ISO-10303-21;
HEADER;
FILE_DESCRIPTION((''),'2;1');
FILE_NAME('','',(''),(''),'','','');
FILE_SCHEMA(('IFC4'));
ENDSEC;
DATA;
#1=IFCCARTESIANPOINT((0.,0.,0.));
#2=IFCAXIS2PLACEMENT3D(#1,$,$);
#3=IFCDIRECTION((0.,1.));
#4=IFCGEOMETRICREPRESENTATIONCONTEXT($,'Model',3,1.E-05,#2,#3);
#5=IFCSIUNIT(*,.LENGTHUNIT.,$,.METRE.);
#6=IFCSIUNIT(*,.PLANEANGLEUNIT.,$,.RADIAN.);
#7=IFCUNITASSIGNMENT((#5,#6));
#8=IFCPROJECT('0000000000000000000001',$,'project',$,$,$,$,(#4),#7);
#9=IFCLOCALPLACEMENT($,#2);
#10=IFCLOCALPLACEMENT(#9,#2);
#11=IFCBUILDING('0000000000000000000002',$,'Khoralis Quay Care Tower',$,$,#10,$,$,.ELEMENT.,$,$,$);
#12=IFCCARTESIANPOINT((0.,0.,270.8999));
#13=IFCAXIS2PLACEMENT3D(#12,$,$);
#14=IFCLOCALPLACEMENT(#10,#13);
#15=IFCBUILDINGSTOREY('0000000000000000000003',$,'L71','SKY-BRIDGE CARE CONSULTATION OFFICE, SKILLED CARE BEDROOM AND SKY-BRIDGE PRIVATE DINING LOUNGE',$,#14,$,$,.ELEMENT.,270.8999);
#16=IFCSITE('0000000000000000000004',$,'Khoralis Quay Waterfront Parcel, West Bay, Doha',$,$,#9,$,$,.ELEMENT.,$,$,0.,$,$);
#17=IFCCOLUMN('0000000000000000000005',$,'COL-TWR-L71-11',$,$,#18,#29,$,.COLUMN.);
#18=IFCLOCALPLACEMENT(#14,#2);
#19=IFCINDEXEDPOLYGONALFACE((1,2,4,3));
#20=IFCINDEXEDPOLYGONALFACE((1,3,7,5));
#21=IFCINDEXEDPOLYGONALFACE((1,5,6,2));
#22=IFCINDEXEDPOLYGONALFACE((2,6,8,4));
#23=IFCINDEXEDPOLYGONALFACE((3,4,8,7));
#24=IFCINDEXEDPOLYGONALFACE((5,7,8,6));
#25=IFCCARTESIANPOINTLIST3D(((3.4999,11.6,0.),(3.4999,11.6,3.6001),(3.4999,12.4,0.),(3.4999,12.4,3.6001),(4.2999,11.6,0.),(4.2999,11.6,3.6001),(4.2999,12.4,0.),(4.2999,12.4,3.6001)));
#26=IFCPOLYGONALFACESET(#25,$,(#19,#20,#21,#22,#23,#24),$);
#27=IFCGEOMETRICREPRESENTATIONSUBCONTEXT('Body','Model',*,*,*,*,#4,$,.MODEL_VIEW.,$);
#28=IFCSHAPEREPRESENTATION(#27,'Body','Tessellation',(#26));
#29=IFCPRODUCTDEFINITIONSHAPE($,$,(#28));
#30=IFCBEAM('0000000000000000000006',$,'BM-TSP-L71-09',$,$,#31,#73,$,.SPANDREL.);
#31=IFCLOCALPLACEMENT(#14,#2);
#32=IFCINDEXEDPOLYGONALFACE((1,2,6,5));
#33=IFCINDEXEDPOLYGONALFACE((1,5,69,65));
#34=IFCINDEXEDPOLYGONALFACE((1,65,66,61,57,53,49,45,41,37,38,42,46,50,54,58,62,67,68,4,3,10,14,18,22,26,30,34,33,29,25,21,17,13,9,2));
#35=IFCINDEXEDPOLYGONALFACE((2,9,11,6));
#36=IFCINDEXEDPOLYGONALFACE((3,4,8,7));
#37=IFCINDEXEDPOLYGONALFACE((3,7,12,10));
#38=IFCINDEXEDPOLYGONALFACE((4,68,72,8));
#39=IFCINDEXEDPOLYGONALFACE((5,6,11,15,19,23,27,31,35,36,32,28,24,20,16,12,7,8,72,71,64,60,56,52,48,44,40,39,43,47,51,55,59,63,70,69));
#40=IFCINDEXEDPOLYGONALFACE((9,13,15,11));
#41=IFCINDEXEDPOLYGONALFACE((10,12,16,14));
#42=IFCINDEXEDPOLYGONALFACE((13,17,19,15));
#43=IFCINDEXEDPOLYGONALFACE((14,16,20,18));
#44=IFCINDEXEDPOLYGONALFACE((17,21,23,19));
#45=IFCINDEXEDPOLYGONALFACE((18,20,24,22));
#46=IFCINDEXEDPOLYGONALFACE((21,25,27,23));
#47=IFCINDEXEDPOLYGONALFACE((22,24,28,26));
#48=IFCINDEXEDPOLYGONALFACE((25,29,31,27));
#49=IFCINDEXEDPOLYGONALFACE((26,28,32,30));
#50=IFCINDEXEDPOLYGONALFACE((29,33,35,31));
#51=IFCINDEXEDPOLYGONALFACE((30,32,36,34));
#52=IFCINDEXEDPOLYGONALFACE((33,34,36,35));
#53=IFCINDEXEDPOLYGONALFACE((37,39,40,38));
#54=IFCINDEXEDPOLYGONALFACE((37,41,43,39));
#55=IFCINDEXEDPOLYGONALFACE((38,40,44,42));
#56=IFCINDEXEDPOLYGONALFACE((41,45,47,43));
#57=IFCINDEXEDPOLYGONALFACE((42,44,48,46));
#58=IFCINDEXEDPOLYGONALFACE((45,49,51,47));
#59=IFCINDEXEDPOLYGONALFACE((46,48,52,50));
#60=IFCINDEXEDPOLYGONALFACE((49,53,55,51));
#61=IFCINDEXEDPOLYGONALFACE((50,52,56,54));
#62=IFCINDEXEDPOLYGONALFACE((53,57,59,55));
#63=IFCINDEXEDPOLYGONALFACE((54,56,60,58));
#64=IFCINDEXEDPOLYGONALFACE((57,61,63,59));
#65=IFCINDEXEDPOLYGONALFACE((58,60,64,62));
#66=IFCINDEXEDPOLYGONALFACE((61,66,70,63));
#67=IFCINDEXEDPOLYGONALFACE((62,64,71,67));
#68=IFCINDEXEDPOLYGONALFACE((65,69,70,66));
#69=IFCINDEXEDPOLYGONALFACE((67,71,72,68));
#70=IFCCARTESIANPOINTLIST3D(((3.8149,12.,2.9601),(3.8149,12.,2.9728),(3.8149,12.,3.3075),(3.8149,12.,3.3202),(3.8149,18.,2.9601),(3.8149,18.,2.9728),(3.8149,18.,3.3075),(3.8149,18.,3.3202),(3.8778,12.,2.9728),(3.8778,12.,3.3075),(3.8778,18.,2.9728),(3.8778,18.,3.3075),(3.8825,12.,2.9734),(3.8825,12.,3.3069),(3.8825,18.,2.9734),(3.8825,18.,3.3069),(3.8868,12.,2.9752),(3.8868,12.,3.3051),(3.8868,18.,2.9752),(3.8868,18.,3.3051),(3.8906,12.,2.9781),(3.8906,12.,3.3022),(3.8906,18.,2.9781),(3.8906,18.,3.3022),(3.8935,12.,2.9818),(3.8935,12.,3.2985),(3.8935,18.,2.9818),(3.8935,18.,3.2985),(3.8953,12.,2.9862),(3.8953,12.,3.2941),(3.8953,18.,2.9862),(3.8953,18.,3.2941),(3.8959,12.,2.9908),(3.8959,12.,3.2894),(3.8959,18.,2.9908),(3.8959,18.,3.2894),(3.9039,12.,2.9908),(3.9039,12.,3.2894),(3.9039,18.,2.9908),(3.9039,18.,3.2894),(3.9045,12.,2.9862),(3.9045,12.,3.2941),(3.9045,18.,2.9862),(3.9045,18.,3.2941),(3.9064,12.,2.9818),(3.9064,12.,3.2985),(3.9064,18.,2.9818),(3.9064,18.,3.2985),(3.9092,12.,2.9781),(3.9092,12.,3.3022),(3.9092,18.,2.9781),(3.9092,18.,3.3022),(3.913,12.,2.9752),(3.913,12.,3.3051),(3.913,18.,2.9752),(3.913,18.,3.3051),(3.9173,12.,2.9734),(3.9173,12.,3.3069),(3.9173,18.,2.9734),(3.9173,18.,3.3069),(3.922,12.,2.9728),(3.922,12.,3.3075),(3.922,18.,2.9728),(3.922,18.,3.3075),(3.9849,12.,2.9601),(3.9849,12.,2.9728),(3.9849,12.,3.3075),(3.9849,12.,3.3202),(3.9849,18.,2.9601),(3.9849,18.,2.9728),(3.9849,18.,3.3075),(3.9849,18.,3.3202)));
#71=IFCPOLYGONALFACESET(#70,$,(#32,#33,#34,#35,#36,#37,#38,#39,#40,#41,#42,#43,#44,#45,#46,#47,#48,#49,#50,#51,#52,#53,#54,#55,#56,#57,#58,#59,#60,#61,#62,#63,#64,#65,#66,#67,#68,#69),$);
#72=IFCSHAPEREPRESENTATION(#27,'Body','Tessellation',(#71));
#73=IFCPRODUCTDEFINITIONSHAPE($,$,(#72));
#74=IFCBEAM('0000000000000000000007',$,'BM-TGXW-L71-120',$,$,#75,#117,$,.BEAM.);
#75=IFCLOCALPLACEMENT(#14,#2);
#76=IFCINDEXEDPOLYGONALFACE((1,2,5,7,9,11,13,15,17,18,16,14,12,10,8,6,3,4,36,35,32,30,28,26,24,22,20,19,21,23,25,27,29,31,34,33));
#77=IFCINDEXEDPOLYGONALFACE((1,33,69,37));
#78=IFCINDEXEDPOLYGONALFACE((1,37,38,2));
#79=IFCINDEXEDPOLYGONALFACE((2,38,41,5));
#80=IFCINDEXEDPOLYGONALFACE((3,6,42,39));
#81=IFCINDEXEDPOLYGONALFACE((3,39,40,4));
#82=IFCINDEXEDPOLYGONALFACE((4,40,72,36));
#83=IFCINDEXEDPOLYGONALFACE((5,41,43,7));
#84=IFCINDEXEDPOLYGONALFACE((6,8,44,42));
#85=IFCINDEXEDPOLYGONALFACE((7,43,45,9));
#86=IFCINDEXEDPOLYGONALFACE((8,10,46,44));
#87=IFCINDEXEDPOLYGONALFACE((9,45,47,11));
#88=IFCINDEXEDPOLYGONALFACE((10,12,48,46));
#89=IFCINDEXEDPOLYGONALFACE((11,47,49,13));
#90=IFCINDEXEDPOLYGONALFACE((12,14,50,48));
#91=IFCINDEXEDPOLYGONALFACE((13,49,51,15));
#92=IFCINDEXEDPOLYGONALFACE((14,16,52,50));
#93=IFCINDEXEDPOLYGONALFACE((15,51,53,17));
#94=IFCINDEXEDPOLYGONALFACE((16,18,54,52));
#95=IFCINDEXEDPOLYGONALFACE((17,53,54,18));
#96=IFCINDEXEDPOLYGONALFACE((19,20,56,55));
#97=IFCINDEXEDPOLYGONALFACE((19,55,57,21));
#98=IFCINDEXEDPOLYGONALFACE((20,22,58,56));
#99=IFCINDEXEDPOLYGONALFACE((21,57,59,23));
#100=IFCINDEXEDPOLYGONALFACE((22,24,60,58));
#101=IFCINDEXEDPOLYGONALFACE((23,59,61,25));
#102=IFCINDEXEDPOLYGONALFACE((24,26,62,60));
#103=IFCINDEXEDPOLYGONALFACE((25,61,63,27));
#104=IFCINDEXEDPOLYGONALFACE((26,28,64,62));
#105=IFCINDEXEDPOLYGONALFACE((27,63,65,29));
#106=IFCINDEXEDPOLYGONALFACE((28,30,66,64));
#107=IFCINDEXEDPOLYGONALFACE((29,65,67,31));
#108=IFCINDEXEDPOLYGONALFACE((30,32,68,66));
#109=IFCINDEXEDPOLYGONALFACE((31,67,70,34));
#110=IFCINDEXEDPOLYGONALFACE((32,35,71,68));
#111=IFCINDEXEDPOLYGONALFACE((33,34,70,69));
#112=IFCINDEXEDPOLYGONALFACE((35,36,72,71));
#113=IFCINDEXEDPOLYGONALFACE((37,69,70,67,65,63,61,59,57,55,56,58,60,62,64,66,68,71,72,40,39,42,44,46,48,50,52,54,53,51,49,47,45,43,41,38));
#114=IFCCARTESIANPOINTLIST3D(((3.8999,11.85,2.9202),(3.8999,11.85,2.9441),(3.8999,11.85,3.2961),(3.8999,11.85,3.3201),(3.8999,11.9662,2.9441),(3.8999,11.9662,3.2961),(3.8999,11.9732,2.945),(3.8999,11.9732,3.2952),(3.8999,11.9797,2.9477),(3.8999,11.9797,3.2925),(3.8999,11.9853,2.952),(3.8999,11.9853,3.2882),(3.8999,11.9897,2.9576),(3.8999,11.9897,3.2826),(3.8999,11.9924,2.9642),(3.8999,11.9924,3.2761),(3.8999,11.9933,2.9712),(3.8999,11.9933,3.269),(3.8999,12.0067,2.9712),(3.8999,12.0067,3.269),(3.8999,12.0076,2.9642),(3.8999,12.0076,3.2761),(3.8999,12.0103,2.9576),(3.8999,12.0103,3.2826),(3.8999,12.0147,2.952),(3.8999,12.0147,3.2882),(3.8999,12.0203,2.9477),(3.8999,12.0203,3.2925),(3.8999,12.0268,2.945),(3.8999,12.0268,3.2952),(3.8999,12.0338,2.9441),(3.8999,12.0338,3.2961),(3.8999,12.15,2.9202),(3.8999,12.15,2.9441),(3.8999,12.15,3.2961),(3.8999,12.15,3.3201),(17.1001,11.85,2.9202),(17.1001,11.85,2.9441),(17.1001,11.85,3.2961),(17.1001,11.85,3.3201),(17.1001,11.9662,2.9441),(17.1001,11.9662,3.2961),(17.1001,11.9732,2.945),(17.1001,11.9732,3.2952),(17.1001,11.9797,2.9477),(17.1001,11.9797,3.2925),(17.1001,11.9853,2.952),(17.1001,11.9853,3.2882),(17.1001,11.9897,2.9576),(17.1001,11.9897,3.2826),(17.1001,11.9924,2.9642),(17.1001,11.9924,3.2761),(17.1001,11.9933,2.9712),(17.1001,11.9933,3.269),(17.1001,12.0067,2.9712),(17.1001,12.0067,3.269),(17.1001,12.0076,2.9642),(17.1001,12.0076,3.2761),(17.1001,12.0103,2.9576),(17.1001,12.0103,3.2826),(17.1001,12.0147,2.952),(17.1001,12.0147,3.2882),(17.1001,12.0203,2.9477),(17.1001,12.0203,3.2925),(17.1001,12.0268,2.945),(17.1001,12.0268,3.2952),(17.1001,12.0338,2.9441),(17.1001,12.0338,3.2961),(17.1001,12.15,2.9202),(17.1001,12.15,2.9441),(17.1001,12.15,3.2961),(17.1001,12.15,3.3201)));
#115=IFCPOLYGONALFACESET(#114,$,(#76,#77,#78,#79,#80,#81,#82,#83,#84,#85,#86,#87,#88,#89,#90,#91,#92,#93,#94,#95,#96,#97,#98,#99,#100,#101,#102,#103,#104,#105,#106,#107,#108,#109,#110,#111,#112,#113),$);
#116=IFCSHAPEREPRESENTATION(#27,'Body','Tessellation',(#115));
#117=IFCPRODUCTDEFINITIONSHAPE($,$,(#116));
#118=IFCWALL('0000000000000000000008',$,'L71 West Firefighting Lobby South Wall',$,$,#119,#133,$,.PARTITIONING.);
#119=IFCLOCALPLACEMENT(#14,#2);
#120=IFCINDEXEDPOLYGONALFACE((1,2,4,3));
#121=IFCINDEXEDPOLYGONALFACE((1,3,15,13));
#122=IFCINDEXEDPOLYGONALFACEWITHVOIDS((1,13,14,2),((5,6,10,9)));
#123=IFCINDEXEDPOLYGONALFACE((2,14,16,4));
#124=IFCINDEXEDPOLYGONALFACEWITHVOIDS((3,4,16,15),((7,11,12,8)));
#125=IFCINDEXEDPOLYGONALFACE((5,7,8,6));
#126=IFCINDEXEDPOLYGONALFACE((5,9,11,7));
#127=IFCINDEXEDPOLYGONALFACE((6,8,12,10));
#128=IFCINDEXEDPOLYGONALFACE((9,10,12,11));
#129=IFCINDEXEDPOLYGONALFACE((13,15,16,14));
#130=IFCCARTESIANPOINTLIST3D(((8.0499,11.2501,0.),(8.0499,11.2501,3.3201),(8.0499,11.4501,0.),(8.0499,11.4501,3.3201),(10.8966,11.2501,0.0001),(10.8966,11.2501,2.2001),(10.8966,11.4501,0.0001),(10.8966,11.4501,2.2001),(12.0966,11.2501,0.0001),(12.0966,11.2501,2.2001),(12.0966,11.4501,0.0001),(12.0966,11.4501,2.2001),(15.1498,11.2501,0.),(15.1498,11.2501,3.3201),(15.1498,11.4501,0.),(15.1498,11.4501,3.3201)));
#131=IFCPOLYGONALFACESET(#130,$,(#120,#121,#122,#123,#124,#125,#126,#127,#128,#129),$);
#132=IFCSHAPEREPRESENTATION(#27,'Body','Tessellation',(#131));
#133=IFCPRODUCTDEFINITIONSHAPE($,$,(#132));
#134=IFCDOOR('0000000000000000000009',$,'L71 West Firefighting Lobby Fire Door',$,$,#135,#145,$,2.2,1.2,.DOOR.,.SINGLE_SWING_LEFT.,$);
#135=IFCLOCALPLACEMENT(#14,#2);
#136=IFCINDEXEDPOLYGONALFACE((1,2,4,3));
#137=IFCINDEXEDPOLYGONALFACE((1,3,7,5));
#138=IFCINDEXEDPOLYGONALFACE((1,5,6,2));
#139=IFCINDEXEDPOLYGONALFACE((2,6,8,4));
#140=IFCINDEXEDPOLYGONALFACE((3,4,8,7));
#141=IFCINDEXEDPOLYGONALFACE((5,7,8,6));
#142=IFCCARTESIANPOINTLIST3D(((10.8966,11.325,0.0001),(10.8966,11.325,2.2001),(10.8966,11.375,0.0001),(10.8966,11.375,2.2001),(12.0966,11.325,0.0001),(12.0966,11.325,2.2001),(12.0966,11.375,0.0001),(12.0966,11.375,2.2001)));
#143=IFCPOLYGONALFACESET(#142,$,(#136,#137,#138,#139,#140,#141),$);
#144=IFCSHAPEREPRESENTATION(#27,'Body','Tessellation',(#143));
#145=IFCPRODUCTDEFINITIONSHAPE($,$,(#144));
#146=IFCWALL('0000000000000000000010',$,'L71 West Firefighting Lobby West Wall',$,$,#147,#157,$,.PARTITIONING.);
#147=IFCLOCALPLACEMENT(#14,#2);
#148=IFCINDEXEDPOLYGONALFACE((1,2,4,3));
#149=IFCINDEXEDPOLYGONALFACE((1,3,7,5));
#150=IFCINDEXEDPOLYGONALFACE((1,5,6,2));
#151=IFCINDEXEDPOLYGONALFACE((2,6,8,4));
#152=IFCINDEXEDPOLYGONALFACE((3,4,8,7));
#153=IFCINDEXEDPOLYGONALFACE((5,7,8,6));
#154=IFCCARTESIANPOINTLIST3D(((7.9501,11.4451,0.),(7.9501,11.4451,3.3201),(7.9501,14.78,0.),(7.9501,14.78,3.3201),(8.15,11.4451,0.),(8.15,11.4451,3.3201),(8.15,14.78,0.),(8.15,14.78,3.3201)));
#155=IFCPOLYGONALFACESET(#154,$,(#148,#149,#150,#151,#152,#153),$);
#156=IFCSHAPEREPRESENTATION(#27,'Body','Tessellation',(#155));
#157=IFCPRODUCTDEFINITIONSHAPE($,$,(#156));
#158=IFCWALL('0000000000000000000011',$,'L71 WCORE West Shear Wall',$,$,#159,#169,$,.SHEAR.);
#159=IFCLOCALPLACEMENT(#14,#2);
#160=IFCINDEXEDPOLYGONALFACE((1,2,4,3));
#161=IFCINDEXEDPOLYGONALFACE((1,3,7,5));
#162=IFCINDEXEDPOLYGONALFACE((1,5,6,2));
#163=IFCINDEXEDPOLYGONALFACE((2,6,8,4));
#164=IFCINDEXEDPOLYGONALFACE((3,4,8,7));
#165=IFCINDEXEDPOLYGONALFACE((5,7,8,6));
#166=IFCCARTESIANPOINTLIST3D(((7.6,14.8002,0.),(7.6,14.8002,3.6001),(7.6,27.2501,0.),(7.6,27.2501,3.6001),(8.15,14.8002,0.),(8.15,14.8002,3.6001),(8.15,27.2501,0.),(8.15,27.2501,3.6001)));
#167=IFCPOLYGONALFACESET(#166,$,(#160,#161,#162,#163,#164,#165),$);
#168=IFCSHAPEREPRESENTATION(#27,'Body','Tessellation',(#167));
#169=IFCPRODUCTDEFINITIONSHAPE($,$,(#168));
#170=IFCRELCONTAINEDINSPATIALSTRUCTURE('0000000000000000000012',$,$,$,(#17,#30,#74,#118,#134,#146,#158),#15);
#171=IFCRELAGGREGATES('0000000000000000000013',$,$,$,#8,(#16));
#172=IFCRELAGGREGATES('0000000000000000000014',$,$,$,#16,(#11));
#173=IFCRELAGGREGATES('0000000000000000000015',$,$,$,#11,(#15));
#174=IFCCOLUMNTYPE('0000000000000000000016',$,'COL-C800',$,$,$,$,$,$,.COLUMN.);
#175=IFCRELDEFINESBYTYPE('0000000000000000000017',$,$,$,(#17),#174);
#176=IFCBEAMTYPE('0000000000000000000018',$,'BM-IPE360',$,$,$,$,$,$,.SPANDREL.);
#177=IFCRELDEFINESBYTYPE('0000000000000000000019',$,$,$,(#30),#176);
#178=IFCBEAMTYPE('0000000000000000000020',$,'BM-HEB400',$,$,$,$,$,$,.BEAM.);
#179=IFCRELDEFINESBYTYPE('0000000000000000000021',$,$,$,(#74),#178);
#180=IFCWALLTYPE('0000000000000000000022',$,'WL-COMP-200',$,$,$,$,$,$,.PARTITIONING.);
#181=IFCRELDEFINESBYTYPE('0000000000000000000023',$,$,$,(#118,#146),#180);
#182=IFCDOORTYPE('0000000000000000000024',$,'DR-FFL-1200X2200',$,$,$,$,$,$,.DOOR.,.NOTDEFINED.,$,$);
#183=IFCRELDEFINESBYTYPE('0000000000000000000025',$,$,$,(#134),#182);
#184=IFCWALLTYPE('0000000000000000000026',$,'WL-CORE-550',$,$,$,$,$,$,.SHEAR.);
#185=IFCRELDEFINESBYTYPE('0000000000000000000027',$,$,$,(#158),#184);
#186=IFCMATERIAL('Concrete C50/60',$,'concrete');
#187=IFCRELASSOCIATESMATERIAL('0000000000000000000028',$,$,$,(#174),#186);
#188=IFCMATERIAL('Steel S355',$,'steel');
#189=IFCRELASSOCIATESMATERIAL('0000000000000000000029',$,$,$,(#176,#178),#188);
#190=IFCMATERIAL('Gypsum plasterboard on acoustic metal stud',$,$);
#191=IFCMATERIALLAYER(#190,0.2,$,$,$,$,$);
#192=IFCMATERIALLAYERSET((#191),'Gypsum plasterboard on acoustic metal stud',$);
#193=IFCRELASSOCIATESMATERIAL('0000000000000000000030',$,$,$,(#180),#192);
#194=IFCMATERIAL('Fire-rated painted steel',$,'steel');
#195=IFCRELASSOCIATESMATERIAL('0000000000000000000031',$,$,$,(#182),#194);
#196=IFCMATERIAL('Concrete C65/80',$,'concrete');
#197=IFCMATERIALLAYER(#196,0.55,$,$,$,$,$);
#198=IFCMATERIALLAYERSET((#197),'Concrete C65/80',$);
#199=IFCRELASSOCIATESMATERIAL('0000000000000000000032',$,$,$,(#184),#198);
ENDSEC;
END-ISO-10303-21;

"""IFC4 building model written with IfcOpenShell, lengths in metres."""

from ifc_helpers import new_model, si_unit, direction, frame, frame_2d, origin, origin_2d, place, context, subcontext, project, spatial, rectangle, i_section, extrude, source, transform, mapped, material, layer, layer_set, material_profile, profile_set, type_object, element, fill, save


model = new_model("IFC4")

# Units and contexts
model_context = context("Model", 3, precision=1e-05, world=origin(), true_north=direction((0.0, 1.0)))
body_context = subcontext(model_context, "Body", "Model", "MODEL_VIEW")
ifc_project = project(units=[si_unit("LENGTHUNIT", "METRE"), si_unit("PLANEANGLEUNIT", "RADIAN")], contexts=[model_context])

# Site, building, storey
site_placement = place(None, origin())
site = spatial("IfcSite", under=ifc_project, at=site_placement, Name="Khoralis Quay Waterfront Parcel, West Bay, Doha", CompositionType="ELEMENT", RefElevation=0.0)
building_placement = place(site_placement, origin())
building = spatial("IfcBuilding", under=site, at=building_placement, Name="Khoralis Quay Care Tower", CompositionType="ELEMENT")
storey_placement = place(building_placement, frame((0.0, 0.0, 270.8999)))
storey = spatial("IfcBuildingStorey", under=building, at=storey_placement, Name="L71", Description="SKY-BRIDGE CARE CONSULTATION OFFICE, SKILLED CARE BEDROOM AND SKY-BRIDGE PRIVATE DINING LOUNGE", CompositionType="ELEMENT", Elevation=270.8999)

# Column
ifc_material_1 = material(Name="Concrete C50/60", Category="concrete")
ifc_material_profile_1 = material_profile(ifc_material_1, rectangle(XDim=0.8, YDim=0.8, at=origin_2d()), Name="Concrete C50/60")
ifc_profile_set_1 = profile_set([ifc_material_profile_1], Name="Concrete C50/60")
column_type = type_object("IfcColumnType", Name="COL-C800", PredefinedType="COLUMN", material=ifc_profile_set_1)
shared_shape_1 = source(origin(), body_context, "Body", "SweptSolid", [
    extrude(rectangle(XDim=0.8, YDim=0.8, at=origin_2d()), origin(), (0.0, 0.0, 1.0), 3.6001),
])
column_placement = place(storey_placement, frame((3.8999, 12.0, 0.0), z_axis=(0.0, 0.0, 1.0), x_axis=(1.0, 0.0, 0.0)))
element("IfcColumn", 1, at=column_placement, inside=storey, type_object=column_type, Name="COL-TWR-L71-11", PredefinedType="COLUMN", context=body_context, shape_type="MappedRepresentation", body=[
    mapped(shared_shape_1, transform((0.0, 0.0, 0.0), scale=1.0)),
])

# Beams
ifc_material_2 = material(Name="Steel S355", Category="steel")
ifc_material_profile_2 = material_profile(ifc_material_2, i_section(OverallWidth=0.1699, OverallDepth=0.3601, WebThickness=0.0081, FlangeThickness=0.0127, FilletRadius=0.0181, at=origin_2d()), Name="Steel S355")
ifc_profile_set_2 = profile_set([ifc_material_profile_2], Name="Steel S355")
beam_type_1 = type_object("IfcBeamType", Name="BM-IPE360", PredefinedType="SPANDREL", material=ifc_profile_set_2)
shared_shape_2 = source(origin(), body_context, "Body", "SweptSolid", [
    extrude(i_section(OverallWidth=0.1699, OverallDepth=0.3601, WebThickness=0.0081, FlangeThickness=0.0127, FilletRadius=0.0181, at=origin_2d()), origin(), (0.0, 0.0, 1.0), 6.0),
])
beam_1_placement = place(storey_placement, frame((3.8999, 12.0, 3.1401), z_axis=(0.0, 1.0, 0.0), x_axis=(-1.0, 0.0, 0.0)))
element("IfcBeam", 2, at=beam_1_placement, inside=storey, type_object=beam_type_1, Name="BM-TSP-L71-09", PredefinedType="SPANDREL", context=body_context, shape_type="MappedRepresentation", body=[
    mapped(shared_shape_2, transform((0.0, 0.0, 0.0), scale=1.0)),
])
ifc_material_profile_3 = material_profile(ifc_material_2, i_section(OverallWidth=0.3, OverallDepth=0.3999, WebThickness=0.0134, FlangeThickness=0.0239, FilletRadius=0.0271, at=origin_2d()), Name="Steel S355")
ifc_profile_set_3 = profile_set([ifc_material_profile_3], Name="Steel S355")
beam_type_2 = type_object("IfcBeamType", Name="BM-HEB400", PredefinedType="BEAM", material=ifc_profile_set_3)
shared_shape_3 = source(origin(), body_context, "Body", "SweptSolid", [
    extrude(i_section(OverallWidth=0.3, OverallDepth=0.3999, WebThickness=0.0134, FlangeThickness=0.0239, FilletRadius=0.0271, at=origin_2d()), origin(), (0.0, 0.0, 1.0), 13.2002),
])
beam_2_placement = place(storey_placement, frame((3.8999, 12.0, 3.1201), z_axis=(1.0, 0.0, 0.0), x_axis=(0.0, 1.0, 0.0)))
element("IfcBeam", 3, at=beam_2_placement, inside=storey, type_object=beam_type_2, Name="BM-TGXW-L71-120", PredefinedType="BEAM", context=body_context, shape_type="MappedRepresentation", body=[
    mapped(shared_shape_3, transform((0.0, 0.0, 0.0), scale=1.0)),
])

# Wall, opening, door
ifc_material_3 = material(Name="Gypsum plasterboard on acoustic metal stud")
ifc_layer_1 = layer(ifc_material_3, 0.2)
ifc_layer_set_1 = layer_set([ifc_layer_1], Name="Gypsum plasterboard on acoustic metal stud")
wall_type_1 = type_object("IfcWallType", Name="WL-COMP-200", PredefinedType="PARTITIONING", material=ifc_layer_set_1)
wall_1_placement = place(storey_placement, frame((8.05, 11.3501, 0.0), z_axis=(0.0, 0.0, 1.0), x_axis=(1.0, 0.0, 0.0)))
wall_1 = element("IfcWall", 4, at=wall_1_placement, inside=storey, type_object=wall_type_1, Name="L71 West Firefighting Lobby South Wall", PredefinedType="PARTITIONING", context=body_context, shape_type="SweptSolid", body=[
    extrude(rectangle(XDim=7.0999, YDim=0.2, at=frame_2d((3.5498, 0.0))), origin(), (0.0, 0.0, 1.0), 3.3201),
])
opening_1_placement = place(wall_1_placement, frame((2.8464, 0.0, 0.0)))
opening_1 = element("IfcOpeningElement", 5, at=opening_1_placement, cuts=wall_1, PredefinedType="OPENING", context=body_context, shape_type="SweptSolid", body=[
    extrude(rectangle(XDim=1.2, YDim=2.2, at=frame_2d((0.6001, 1.1001))), frame((0.0, 0.1099, 0.0), z_axis=(0.0, -1.0, 0.0), x_axis=(1.0, 0.0, 0.0)), (0.0, 0.0, 1.0), 0.22),
])
ifc_material_4 = material(Name="Fire-rated painted steel", Category="steel")
door_type_1 = type_object("IfcDoorType", Name="DR-FFL-1200X2200", OperationType="NOTDEFINED", PredefinedType="DOOR", material=ifc_material_4)
shared_shape_4 = source(origin(), body_context, "Body", "SweptSolid", [
    extrude(rectangle(XDim=1.2, YDim=2.2, at=frame_2d((0.6001, 1.1001))), frame((0.0, 0.0249, 0.0), z_axis=(0.0, -1.0, 0.0), x_axis=(1.0, 0.0, 0.0)), (0.0, 0.0, 1.0), 0.05),
])
door_1_placement = place(opening_1_placement, origin())
door_1 = element("IfcDoor", 6, at=door_1_placement, inside=storey, type_object=door_type_1, Name="L71 West Firefighting Lobby Fire Door", OperationType="SINGLE_SWING_LEFT", OverallHeight=2.2, OverallWidth=1.2, PredefinedType="DOOR", context=body_context, shape_type="MappedRepresentation", body=[
    mapped(shared_shape_4, transform((0.0, 0.0, 0.0), scale=1.0)),
])
fill(opening_1, door_1)

# Walls
wall_2_placement = place(storey_placement, frame((8.05, 11.4451, 0.0), z_axis=(0.0, 0.0, 1.0), x_axis=(0.0, 1.0, 0.0)))
element("IfcWall", 7, at=wall_2_placement, inside=storey, type_object=wall_type_1, Name="L71 West Firefighting Lobby West Wall", PredefinedType="PARTITIONING", context=body_context, shape_type="SweptSolid", body=[
    extrude(rectangle(XDim=3.335, YDim=0.2, at=frame_2d((1.6675, 0.0))), origin(), (0.0, 0.0, 1.0), 3.3201),
])
ifc_material_5 = material(Name="Concrete C65/80", Category="concrete")
ifc_layer_2 = layer(ifc_material_5, 0.55)
ifc_layer_set_2 = layer_set([ifc_layer_2], Name="Concrete C65/80")
wall_type_2 = type_object("IfcWallType", Name="WL-CORE-550", PredefinedType="SHEAR", material=ifc_layer_set_2)
wall_3_placement = place(storey_placement, frame((7.875, 14.8, 0.0), z_axis=(0.0, 0.0, 1.0), x_axis=(0.0, 1.0, 0.0)))
element("IfcWall", 8, at=wall_3_placement, inside=storey, type_object=wall_type_2, Name="L71 WCORE West Shear Wall", PredefinedType="SHEAR", context=body_context, shape_type="SweptSolid", body=[
    extrude(rectangle(XDim=12.45, YDim=0.55, at=frame_2d((6.2251, 0.0))), origin(), (0.0, 0.0, 1.0), 3.6001),
])

save(model, "model.ifc")
